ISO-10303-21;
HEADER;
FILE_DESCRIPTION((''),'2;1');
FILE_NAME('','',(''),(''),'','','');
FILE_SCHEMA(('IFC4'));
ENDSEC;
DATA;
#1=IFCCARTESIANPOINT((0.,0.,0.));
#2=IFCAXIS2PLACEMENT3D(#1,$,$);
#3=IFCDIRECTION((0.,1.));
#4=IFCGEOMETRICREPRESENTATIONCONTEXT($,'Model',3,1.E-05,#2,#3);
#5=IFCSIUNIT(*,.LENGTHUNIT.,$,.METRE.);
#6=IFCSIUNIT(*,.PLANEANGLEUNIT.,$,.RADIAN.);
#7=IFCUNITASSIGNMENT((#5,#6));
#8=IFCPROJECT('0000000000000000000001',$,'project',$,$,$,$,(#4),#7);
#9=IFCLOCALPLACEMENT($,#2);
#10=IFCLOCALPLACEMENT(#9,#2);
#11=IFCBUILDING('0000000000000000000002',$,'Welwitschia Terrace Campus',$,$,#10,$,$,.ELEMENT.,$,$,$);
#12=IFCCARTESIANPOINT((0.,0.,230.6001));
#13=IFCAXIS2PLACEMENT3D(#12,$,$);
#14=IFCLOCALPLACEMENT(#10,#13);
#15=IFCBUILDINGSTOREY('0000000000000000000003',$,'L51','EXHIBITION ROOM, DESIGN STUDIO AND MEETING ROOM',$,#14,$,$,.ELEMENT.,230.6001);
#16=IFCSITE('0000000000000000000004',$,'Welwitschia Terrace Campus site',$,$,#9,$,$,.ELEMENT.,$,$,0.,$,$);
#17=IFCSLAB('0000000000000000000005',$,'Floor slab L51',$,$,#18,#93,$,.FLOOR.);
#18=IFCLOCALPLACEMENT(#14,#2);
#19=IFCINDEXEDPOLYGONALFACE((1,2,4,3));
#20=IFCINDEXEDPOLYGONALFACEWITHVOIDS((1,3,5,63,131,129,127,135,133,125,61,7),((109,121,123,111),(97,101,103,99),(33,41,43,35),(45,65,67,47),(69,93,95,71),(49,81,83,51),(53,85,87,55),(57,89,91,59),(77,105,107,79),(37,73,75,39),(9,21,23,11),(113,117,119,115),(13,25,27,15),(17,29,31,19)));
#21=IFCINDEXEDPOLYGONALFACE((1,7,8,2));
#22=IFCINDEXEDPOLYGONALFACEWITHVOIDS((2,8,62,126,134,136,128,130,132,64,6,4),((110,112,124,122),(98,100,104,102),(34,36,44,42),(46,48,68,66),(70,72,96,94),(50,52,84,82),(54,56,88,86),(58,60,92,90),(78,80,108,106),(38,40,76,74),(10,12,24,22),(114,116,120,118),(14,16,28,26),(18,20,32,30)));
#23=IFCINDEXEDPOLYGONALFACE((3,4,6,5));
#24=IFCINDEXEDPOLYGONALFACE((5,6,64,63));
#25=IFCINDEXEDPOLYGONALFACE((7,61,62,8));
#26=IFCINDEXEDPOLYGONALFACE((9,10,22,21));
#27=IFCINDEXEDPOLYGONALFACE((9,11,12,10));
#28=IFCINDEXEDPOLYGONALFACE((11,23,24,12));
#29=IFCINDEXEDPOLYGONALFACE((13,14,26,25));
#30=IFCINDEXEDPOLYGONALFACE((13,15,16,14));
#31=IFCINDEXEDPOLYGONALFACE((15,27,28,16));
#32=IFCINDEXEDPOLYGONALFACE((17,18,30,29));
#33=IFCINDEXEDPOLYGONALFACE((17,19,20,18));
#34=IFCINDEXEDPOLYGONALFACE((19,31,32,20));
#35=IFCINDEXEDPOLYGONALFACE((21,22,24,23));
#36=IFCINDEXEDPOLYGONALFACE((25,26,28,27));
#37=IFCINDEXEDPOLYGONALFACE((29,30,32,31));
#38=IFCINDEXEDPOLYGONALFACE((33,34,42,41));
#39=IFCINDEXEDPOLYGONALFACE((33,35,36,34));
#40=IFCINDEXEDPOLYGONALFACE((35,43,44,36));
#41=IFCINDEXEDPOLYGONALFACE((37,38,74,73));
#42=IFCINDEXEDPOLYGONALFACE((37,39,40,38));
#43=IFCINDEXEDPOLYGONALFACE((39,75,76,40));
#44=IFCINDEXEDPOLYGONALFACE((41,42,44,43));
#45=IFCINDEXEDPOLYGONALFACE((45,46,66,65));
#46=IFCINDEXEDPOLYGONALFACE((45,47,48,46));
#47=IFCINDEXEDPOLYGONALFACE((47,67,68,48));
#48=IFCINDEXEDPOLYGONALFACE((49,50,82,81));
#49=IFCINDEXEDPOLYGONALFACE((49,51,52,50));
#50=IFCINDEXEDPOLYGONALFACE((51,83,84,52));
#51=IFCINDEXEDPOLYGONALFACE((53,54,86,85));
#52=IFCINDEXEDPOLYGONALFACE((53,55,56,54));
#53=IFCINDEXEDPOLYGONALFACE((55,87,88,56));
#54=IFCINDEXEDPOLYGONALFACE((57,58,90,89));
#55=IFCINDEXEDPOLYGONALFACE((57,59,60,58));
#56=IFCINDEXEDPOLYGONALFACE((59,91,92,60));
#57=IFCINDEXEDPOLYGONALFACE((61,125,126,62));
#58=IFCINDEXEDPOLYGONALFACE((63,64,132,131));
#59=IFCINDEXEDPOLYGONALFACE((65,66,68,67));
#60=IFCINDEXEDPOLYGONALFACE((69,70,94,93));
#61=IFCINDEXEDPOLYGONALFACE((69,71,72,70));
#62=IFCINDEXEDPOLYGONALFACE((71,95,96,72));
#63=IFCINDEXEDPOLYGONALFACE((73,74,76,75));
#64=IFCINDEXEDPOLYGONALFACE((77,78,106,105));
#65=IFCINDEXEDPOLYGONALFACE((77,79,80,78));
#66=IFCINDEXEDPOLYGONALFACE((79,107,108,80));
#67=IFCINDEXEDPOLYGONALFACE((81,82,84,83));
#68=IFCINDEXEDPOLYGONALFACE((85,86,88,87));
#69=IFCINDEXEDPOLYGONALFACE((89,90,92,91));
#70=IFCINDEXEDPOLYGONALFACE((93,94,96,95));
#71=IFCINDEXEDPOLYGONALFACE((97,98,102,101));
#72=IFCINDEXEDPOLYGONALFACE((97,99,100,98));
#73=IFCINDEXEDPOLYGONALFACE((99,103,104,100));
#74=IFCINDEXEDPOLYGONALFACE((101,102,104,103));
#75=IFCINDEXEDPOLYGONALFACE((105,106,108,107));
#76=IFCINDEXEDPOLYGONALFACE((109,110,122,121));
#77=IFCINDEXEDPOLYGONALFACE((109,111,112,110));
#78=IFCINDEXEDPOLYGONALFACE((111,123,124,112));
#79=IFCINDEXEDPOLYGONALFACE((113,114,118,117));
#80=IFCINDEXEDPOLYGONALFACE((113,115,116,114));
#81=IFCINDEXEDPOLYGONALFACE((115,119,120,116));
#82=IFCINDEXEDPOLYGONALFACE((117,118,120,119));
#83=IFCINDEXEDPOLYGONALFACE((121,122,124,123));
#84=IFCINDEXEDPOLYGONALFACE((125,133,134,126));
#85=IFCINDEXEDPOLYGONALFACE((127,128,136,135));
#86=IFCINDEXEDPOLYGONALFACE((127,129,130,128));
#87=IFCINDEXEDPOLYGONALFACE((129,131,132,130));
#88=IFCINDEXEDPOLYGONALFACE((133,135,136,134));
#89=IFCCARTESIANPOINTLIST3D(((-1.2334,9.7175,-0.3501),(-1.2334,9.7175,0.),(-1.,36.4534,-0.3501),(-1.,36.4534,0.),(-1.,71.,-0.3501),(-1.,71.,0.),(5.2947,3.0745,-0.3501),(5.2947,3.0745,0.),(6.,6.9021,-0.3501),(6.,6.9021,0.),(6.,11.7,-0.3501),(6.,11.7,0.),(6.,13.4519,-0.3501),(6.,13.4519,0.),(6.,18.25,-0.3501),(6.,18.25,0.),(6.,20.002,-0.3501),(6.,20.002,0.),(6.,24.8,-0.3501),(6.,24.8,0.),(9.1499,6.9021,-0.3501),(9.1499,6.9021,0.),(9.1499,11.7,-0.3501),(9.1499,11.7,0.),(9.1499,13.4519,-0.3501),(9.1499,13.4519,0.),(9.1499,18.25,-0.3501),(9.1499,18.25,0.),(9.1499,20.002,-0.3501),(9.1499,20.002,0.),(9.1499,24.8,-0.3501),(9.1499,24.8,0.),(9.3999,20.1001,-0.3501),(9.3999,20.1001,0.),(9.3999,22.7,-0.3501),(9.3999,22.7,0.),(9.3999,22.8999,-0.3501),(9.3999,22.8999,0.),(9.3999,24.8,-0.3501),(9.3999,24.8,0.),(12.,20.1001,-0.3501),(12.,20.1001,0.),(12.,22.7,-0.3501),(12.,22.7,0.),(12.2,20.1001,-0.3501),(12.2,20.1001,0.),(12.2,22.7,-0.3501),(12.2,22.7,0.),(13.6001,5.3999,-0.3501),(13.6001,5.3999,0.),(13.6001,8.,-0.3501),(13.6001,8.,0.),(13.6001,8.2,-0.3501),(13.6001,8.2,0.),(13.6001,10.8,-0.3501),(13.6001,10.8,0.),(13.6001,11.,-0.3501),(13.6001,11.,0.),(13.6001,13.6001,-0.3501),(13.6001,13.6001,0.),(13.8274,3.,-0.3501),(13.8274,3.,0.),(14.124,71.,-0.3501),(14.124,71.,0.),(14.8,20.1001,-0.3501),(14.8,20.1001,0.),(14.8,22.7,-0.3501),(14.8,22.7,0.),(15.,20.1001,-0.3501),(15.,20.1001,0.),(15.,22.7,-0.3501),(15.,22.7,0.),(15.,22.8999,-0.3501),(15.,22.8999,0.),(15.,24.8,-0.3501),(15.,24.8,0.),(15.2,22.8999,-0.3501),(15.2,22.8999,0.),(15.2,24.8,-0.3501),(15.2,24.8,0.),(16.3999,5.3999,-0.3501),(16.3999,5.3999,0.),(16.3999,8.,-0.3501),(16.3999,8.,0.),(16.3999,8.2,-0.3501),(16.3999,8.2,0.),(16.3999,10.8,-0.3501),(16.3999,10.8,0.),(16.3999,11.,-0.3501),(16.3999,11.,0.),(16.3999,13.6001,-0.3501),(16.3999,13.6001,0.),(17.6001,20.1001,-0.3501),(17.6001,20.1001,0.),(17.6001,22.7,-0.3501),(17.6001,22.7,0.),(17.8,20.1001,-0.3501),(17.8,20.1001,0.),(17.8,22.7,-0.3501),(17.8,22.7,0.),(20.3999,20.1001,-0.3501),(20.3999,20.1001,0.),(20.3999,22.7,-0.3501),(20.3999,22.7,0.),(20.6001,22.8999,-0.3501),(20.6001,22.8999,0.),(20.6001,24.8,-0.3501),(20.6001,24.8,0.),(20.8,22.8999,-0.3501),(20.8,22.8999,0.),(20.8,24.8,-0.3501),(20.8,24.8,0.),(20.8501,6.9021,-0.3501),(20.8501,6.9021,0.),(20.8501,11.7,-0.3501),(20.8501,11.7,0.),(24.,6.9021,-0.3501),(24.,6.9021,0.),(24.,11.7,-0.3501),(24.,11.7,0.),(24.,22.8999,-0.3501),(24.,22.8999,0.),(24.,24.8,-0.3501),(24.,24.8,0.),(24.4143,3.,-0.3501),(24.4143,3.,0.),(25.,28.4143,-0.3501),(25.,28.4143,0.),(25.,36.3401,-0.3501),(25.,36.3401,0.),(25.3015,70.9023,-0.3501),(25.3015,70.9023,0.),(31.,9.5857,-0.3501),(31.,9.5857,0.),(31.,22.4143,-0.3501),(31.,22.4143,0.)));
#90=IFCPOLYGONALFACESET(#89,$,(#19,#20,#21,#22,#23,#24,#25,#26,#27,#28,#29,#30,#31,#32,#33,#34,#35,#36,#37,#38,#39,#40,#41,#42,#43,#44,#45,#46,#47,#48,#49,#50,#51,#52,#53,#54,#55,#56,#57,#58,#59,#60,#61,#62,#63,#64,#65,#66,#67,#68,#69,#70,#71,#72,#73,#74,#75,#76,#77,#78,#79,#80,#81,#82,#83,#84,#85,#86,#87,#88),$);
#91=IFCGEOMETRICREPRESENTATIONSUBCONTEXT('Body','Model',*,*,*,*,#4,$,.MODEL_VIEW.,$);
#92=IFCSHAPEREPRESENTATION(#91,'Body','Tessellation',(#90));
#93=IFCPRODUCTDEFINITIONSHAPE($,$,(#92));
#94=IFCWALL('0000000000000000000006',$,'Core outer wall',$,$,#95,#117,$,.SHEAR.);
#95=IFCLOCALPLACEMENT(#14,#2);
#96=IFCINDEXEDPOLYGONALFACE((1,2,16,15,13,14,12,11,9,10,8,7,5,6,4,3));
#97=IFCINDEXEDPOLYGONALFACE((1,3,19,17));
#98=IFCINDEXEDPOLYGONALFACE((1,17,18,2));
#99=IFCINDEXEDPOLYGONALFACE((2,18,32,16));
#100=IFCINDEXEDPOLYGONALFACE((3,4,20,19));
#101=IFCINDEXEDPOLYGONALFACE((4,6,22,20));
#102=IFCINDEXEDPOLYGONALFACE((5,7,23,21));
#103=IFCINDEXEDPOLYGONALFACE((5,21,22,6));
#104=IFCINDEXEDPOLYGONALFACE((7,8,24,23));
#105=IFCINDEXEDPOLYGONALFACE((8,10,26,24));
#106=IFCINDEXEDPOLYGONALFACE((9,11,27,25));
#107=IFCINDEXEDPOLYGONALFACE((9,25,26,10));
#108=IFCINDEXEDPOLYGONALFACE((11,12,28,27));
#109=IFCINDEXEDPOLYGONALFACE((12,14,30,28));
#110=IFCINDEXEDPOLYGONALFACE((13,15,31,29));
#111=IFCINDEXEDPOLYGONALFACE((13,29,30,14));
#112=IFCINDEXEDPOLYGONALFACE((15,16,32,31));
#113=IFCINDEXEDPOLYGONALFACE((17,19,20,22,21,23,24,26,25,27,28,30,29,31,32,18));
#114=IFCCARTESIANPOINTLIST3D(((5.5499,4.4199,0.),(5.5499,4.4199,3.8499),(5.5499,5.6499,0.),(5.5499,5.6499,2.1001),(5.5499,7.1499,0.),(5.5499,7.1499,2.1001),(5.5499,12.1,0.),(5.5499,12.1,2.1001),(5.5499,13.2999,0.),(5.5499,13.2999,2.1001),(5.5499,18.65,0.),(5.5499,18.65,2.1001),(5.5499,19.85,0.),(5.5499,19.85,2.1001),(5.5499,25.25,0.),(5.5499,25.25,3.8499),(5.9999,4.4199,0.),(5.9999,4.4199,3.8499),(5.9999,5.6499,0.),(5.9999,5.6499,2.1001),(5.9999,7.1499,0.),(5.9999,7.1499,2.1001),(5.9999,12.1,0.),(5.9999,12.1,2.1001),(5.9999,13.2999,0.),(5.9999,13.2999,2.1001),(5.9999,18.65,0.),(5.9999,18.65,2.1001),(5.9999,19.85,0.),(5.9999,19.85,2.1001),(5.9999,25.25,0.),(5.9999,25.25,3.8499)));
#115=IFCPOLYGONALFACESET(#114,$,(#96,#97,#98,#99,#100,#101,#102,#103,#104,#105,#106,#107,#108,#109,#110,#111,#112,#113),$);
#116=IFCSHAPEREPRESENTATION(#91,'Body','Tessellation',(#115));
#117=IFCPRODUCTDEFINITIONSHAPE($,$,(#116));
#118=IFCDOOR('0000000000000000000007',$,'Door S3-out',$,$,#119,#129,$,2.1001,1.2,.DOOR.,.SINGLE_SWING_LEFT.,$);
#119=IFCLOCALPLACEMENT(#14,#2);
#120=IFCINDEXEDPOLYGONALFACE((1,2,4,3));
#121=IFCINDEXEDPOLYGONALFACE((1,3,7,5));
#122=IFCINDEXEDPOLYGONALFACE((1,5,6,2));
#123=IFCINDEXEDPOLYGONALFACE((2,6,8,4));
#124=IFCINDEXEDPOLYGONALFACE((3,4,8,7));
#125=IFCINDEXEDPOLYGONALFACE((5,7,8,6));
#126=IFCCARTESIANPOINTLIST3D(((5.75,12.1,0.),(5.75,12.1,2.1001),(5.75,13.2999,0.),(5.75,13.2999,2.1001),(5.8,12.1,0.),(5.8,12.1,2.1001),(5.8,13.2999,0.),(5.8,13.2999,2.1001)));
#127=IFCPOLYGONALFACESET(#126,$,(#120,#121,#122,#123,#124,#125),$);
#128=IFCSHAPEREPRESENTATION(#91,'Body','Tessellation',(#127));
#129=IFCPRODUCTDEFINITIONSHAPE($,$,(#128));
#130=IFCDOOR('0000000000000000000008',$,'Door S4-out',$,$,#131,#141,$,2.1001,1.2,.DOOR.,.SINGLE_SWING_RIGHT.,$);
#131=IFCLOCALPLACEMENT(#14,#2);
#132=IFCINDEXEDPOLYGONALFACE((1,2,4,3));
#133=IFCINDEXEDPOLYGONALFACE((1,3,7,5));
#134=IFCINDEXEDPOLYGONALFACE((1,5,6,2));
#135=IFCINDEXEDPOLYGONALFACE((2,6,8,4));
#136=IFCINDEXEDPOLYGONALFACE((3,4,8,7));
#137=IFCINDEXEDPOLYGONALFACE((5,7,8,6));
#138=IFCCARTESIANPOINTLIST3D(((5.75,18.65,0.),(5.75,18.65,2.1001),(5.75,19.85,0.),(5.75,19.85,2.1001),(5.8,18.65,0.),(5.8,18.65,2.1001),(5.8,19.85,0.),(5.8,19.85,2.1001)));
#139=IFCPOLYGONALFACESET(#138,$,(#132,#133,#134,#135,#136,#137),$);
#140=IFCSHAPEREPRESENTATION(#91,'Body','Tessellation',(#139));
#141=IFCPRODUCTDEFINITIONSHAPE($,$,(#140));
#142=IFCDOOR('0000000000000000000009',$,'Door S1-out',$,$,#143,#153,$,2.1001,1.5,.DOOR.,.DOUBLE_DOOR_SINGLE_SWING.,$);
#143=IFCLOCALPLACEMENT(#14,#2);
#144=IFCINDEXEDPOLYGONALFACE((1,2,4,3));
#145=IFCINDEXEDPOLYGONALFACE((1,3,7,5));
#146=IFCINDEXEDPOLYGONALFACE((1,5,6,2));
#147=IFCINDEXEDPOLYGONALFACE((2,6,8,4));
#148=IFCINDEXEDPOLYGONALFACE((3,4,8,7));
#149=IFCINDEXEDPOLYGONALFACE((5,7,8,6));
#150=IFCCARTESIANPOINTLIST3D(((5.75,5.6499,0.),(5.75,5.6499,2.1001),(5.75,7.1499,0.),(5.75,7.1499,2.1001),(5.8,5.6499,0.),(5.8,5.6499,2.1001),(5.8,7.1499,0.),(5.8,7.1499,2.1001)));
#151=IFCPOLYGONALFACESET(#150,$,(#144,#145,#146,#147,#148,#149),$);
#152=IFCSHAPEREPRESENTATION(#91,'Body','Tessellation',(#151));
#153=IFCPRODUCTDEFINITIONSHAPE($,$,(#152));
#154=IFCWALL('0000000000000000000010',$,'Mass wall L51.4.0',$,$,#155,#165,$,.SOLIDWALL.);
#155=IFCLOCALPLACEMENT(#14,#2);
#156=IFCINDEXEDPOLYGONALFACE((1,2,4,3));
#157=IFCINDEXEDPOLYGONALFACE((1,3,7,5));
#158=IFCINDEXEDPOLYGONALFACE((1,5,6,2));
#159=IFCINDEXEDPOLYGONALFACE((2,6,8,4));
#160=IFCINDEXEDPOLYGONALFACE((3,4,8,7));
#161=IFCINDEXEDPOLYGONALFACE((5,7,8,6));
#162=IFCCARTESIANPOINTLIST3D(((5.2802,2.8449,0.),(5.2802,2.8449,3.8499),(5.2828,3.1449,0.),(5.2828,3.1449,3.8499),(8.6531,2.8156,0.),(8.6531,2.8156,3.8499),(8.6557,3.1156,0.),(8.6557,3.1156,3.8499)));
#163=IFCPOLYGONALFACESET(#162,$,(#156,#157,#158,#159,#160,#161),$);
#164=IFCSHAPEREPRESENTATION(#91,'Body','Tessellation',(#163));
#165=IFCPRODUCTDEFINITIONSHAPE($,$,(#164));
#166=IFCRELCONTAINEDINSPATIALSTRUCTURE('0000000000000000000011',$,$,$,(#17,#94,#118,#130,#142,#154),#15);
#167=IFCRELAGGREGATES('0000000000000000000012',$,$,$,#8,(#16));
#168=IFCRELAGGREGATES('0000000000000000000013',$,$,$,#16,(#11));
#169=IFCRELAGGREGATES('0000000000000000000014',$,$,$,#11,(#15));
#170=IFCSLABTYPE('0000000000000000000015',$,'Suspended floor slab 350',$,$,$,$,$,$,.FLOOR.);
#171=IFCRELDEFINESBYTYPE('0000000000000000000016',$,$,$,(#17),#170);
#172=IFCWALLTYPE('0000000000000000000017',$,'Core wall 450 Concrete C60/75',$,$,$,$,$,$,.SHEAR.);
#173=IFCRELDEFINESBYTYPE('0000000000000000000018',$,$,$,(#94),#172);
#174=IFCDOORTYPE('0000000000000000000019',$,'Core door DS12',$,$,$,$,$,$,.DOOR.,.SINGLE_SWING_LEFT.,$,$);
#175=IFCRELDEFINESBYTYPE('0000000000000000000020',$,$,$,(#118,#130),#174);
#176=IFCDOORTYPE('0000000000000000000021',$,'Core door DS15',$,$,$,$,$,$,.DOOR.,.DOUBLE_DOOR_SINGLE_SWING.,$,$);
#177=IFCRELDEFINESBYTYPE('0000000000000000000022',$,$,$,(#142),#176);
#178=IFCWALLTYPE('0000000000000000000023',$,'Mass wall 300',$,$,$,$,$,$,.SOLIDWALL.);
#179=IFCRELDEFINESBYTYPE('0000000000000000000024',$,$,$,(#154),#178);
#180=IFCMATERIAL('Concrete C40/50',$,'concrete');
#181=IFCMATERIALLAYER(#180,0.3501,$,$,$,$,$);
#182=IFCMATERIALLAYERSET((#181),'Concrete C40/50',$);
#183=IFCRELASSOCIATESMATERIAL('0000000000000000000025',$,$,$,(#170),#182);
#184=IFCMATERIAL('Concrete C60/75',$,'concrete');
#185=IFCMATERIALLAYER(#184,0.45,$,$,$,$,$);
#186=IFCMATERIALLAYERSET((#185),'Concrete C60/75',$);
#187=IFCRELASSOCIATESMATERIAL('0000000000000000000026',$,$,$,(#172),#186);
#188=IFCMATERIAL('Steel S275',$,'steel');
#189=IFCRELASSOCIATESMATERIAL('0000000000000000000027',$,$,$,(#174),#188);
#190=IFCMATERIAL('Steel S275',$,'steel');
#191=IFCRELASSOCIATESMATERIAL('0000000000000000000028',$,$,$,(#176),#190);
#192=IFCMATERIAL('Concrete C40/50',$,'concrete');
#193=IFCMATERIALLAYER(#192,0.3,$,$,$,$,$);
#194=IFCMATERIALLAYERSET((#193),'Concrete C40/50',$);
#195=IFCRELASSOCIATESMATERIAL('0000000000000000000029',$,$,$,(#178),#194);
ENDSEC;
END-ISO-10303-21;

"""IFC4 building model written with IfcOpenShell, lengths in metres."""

from ifc_helpers import new_model, si_unit, direction, frame, frame_2d, origin, place, context, subcontext, project, spatial, polyline, rectangle, outline, extrude, material, layer, layer_set, type_object, element, fill, save


model = new_model("IFC4")

# Units and contexts
model_context = context("Model", 3, precision=1e-05, world=origin(), true_north=direction((0.0, 1.0)))
body_context = subcontext(model_context, "Body", "Model", "MODEL_VIEW")
ifc_project = project(units=[si_unit("LENGTHUNIT", "METRE"), si_unit("PLANEANGLEUNIT", "RADIAN")], contexts=[model_context])

# Site, building, storey
site_placement = place(None, origin())
site = spatial("IfcSite", under=ifc_project, at=site_placement, Name="Welwitschia Terrace Campus site", CompositionType="ELEMENT", RefElevation=0.0)
building_placement = place(site_placement, origin())
building = spatial("IfcBuilding", under=site, at=building_placement, Name="Welwitschia Terrace Campus", CompositionType="ELEMENT")
storey_placement = place(building_placement, frame((0.0, 0.0, 230.6001)))
storey = spatial("IfcBuildingStorey", under=building, at=storey_placement, Name="L51", Description="EXHIBITION ROOM, DESIGN STUDIO AND MEETING ROOM", CompositionType="ELEMENT", Elevation=230.6001)

# Slab
ifc_material_1 = material(Name="Concrete C40/50", Category="concrete")
ifc_layer_1 = layer(ifc_material_1, 0.3501)
ifc_layer_set_1 = layer_set([ifc_layer_1], Name="Concrete C40/50")
slab_type_1 = type_object("IfcSlabType", Name="Suspended floor slab 350", PredefinedType="FLOOR", material=ifc_layer_set_1)
slab_1_placement = place(storey_placement, frame((0.0, 0.0, -0.3501)))
element("IfcSlab", 1, at=slab_1_placement, inside=storey, type_object=slab_type_1, Name="Floor slab L51", PredefinedType="FLOOR", context=body_context, shape_type="SweptSolid", body=[
    extrude(outline(polyline([(25.3015, 70.9023), (25.0, 36.3401), (25.0, 28.4143), (31.0, 22.4143), (31.0, 9.5857), (24.4143, 3.0), (13.8274, 3.0), (5.2947, 3.0745), (-1.2334, 9.7175), (-1.0, 36.4534), (-1.0, 71.0), (14.124, 71.0), (25.3015, 70.9023)]), holes=[polyline([(13.6001, 8.0), (13.6001, 5.3999), (16.3999, 5.3999), (16.3999, 8.0), (13.6001, 8.0)]), polyline([(9.1499, 11.7), (6.0, 11.7), (6.0, 6.9021), (9.1499, 6.9021), (9.1499, 11.7)]), polyline([(9.1499, 18.25), (6.0, 18.25), (6.0, 13.4519), (9.1499, 13.4519), (9.1499, 18.25)]), polyline([(12.0, 22.7), (9.3999, 22.7), (9.3999, 20.1001), (12.0, 20.1001), (12.0, 22.7)]), polyline([(14.8, 22.7), (12.2, 22.7), (12.2, 20.1001), (14.8, 20.1001), (14.8, 22.7)]), polyline([(9.1499, 24.8), (6.0, 24.8), (6.0, 20.002), (9.1499, 20.002), (9.1499, 24.8)]), polyline([(15.0, 24.8), (9.3999, 24.8), (9.3999, 22.8999), (15.0, 22.8999), (15.0, 24.8)]), polyline([(20.8501, 11.7), (20.8501, 6.9021), (24.0, 6.9021), (24.0, 11.7), (20.8501, 11.7)]), polyline([(16.3999, 10.8), (13.6001, 10.8), (13.6001, 8.2), (16.3999, 8.2), (16.3999, 10.8)]), polyline([(16.3999, 13.6001), (13.6001, 13.6001), (13.6001, 11.0), (16.3999, 11.0), (16.3999, 13.6001)]), polyline([(17.6001, 22.7), (15.0, 22.7), (15.0, 20.1001), (17.6001, 20.1001), (17.6001, 22.7)]), polyline([(20.3999, 22.7), (17.8, 22.7), (17.8, 20.1001), (20.3999, 20.1001), (20.3999, 22.7)]), polyline([(20.6001, 24.8), (15.2, 24.8), (15.2, 22.8999), (20.6001, 22.8999), (20.6001, 24.8)]), polyline([(24.0, 24.8), (20.8, 24.8), (20.8, 22.8999), (24.0, 22.8999), (24.0, 24.8)])]), origin(), (0.0, 0.0, 1.0), 0.3501),
])

# Wall, openings, doors
ifc_material_2 = material(Name="Concrete C60/75", Category="concrete")
ifc_layer_2 = layer(ifc_material_2, 0.45)
ifc_layer_set_2 = layer_set([ifc_layer_2], Name="Concrete C60/75")
wall_type_1 = type_object("IfcWallType", Name="Core wall 450 Concrete C60/75", PredefinedType="SHEAR", material=ifc_layer_set_2)
wall_1_placement = place(storey_placement, frame((5.7749, 4.4199, 0.0), z_axis=(0.0, 0.0, 1.0), x_axis=(0.0, 1.0, 0.0)))
wall_1 = element("IfcWall", 2, at=wall_1_placement, inside=storey, type_object=wall_type_1, Name="Core outer wall", PredefinedType="SHEAR", context=body_context, shape_type="SweptSolid", body=[
    extrude(rectangle(XDim=20.8301, YDim=0.45, at=frame_2d((10.415, 0.0))), origin(), (0.0, 0.0, 1.0), 3.8499),
])
opening_1_placement = place(wall_1_placement, frame((1.23, 0.0, 0.0)))
opening_1 = element("IfcOpeningElement", 3, at=opening_1_placement, cuts=wall_1, PredefinedType="OPENING", context=body_context, shape_type="SweptSolid", body=[
    extrude(rectangle(XDim=1.5, YDim=2.1001, at=frame_2d((0.75, 1.05))), frame((0.0, 0.2349, 0.0), z_axis=(0.0, -1.0, 0.0), x_axis=(1.0, 0.0, 0.0)), (0.0, 0.0, 1.0), 0.47),
])
opening_2_placement = place(wall_1_placement, frame((7.6799, 0.0, 0.0)))
opening_2 = element("IfcOpeningElement", 4, at=opening_2_placement, cuts=wall_1, PredefinedType="OPENING", context=body_context, shape_type="SweptSolid", body=[
    extrude(rectangle(XDim=1.2, YDim=2.1001, at=frame_2d((0.6001, 1.05))), frame((0.0, 0.2349, 0.0), z_axis=(0.0, -1.0, 0.0), x_axis=(1.0, 0.0, 0.0)), (0.0, 0.0, 1.0), 0.47),
])
opening_3_placement = place(wall_1_placement, frame((14.23, 0.0, 0.0)))
opening_3 = element("IfcOpeningElement", 5, at=opening_3_placement, cuts=wall_1, PredefinedType="OPENING", context=body_context, shape_type="SweptSolid", body=[
    extrude(rectangle(XDim=1.2, YDim=2.1001, at=frame_2d((0.6001, 1.05))), frame((0.0, 0.2349, 0.0), z_axis=(0.0, -1.0, 0.0), x_axis=(1.0, 0.0, 0.0)), (0.0, 0.0, 1.0), 0.47),
])
ifc_material_3 = material(Name="Steel S275", Category="steel")
door_type_1 = type_object("IfcDoorType", Name="Core door DS12", OperationType="SINGLE_SWING_LEFT", PredefinedType="DOOR", material=ifc_material_3)
door_1_placement = place(opening_2_placement, origin())
door_1 = element("IfcDoor", 6, at=door_1_placement, inside=storey, type_object=door_type_1, Name="Door S3-out", OperationType="SINGLE_SWING_LEFT", OverallHeight=2.1001, OverallWidth=1.2, PredefinedType="DOOR", context=body_context, shape_type="SweptSolid", body=[
    extrude(rectangle(XDim=1.2, YDim=2.1001, at=frame_2d((0.6001, 1.05))), frame((0.0, 0.0249, 0.0), z_axis=(0.0, -1.0, 0.0), x_axis=(1.0, 0.0, 0.0)), (0.0, 0.0, 1.0), 0.05),
])
fill(opening_2, door_1)
door_2_placement = place(opening_3_placement, origin())
door_2 = element("IfcDoor", 7, at=door_2_placement, inside=storey, type_object=door_type_1, Name="Door S4-out", OperationType="SINGLE_SWING_RIGHT", OverallHeight=2.1001, OverallWidth=1.2, PredefinedType="DOOR", context=body_context, shape_type="SweptSolid", body=[
    extrude(rectangle(XDim=1.2, YDim=2.1001, at=frame_2d((0.6001, 1.05))), frame((0.0, 0.0249, 0.0), z_axis=(0.0, -1.0, 0.0), x_axis=(1.0, 0.0, 0.0)), (0.0, 0.0, 1.0), 0.05),
])
fill(opening_3, door_2)
ifc_material_4 = material(Name="Steel S275", Category="steel")
door_type_2 = type_object("IfcDoorType", Name="Core door DS15", OperationType="DOUBLE_DOOR_SINGLE_SWING", PredefinedType="DOOR", material=ifc_material_4)
door_3_placement = place(opening_1_placement, origin())
door_3 = element("IfcDoor", 8, at=door_3_placement, inside=storey, type_object=door_type_2, Name="Door S1-out", OperationType="DOUBLE_DOOR_SINGLE_SWING", OverallHeight=2.1001, OverallWidth=1.5, PredefinedType="DOOR", context=body_context, shape_type="SweptSolid", body=[
    extrude(rectangle(XDim=1.5, YDim=2.1001, at=frame_2d((0.75, 1.05))), frame((0.0, 0.0249, 0.0), z_axis=(0.0, -1.0, 0.0), x_axis=(1.0, 0.0, 0.0)), (0.0, 0.0, 1.0), 0.05),
])
fill(opening_1, door_3)

# Wall
ifc_material_5 = material(Name="Concrete C40/50", Category="concrete")
ifc_layer_3 = layer(ifc_material_5, 0.3)
ifc_layer_set_3 = layer_set([ifc_layer_3], Name="Concrete C40/50")
wall_type_2 = type_object("IfcWallType", Name="Mass wall 300", PredefinedType="SOLIDWALL", material=ifc_layer_set_3)
wall_2_placement = place(storey_placement, frame((5.2815, 2.9949, 0.0), z_axis=(0.0, 0.0, 1.0), x_axis=(0.999962, -0.008686, 0.0)))
element("IfcWall", 9, at=wall_2_placement, inside=storey, type_object=wall_type_2, Name="Mass wall L51.4.0", PredefinedType="SOLIDWALL", context=body_context, shape_type="SweptSolid", body=[
    extrude(rectangle(XDim=3.373, YDim=0.3, at=frame_2d((1.6865, 0.0))), origin(), (0.0, 0.0, 1.0), 3.8499),
])

save(model, "model.ifc")
